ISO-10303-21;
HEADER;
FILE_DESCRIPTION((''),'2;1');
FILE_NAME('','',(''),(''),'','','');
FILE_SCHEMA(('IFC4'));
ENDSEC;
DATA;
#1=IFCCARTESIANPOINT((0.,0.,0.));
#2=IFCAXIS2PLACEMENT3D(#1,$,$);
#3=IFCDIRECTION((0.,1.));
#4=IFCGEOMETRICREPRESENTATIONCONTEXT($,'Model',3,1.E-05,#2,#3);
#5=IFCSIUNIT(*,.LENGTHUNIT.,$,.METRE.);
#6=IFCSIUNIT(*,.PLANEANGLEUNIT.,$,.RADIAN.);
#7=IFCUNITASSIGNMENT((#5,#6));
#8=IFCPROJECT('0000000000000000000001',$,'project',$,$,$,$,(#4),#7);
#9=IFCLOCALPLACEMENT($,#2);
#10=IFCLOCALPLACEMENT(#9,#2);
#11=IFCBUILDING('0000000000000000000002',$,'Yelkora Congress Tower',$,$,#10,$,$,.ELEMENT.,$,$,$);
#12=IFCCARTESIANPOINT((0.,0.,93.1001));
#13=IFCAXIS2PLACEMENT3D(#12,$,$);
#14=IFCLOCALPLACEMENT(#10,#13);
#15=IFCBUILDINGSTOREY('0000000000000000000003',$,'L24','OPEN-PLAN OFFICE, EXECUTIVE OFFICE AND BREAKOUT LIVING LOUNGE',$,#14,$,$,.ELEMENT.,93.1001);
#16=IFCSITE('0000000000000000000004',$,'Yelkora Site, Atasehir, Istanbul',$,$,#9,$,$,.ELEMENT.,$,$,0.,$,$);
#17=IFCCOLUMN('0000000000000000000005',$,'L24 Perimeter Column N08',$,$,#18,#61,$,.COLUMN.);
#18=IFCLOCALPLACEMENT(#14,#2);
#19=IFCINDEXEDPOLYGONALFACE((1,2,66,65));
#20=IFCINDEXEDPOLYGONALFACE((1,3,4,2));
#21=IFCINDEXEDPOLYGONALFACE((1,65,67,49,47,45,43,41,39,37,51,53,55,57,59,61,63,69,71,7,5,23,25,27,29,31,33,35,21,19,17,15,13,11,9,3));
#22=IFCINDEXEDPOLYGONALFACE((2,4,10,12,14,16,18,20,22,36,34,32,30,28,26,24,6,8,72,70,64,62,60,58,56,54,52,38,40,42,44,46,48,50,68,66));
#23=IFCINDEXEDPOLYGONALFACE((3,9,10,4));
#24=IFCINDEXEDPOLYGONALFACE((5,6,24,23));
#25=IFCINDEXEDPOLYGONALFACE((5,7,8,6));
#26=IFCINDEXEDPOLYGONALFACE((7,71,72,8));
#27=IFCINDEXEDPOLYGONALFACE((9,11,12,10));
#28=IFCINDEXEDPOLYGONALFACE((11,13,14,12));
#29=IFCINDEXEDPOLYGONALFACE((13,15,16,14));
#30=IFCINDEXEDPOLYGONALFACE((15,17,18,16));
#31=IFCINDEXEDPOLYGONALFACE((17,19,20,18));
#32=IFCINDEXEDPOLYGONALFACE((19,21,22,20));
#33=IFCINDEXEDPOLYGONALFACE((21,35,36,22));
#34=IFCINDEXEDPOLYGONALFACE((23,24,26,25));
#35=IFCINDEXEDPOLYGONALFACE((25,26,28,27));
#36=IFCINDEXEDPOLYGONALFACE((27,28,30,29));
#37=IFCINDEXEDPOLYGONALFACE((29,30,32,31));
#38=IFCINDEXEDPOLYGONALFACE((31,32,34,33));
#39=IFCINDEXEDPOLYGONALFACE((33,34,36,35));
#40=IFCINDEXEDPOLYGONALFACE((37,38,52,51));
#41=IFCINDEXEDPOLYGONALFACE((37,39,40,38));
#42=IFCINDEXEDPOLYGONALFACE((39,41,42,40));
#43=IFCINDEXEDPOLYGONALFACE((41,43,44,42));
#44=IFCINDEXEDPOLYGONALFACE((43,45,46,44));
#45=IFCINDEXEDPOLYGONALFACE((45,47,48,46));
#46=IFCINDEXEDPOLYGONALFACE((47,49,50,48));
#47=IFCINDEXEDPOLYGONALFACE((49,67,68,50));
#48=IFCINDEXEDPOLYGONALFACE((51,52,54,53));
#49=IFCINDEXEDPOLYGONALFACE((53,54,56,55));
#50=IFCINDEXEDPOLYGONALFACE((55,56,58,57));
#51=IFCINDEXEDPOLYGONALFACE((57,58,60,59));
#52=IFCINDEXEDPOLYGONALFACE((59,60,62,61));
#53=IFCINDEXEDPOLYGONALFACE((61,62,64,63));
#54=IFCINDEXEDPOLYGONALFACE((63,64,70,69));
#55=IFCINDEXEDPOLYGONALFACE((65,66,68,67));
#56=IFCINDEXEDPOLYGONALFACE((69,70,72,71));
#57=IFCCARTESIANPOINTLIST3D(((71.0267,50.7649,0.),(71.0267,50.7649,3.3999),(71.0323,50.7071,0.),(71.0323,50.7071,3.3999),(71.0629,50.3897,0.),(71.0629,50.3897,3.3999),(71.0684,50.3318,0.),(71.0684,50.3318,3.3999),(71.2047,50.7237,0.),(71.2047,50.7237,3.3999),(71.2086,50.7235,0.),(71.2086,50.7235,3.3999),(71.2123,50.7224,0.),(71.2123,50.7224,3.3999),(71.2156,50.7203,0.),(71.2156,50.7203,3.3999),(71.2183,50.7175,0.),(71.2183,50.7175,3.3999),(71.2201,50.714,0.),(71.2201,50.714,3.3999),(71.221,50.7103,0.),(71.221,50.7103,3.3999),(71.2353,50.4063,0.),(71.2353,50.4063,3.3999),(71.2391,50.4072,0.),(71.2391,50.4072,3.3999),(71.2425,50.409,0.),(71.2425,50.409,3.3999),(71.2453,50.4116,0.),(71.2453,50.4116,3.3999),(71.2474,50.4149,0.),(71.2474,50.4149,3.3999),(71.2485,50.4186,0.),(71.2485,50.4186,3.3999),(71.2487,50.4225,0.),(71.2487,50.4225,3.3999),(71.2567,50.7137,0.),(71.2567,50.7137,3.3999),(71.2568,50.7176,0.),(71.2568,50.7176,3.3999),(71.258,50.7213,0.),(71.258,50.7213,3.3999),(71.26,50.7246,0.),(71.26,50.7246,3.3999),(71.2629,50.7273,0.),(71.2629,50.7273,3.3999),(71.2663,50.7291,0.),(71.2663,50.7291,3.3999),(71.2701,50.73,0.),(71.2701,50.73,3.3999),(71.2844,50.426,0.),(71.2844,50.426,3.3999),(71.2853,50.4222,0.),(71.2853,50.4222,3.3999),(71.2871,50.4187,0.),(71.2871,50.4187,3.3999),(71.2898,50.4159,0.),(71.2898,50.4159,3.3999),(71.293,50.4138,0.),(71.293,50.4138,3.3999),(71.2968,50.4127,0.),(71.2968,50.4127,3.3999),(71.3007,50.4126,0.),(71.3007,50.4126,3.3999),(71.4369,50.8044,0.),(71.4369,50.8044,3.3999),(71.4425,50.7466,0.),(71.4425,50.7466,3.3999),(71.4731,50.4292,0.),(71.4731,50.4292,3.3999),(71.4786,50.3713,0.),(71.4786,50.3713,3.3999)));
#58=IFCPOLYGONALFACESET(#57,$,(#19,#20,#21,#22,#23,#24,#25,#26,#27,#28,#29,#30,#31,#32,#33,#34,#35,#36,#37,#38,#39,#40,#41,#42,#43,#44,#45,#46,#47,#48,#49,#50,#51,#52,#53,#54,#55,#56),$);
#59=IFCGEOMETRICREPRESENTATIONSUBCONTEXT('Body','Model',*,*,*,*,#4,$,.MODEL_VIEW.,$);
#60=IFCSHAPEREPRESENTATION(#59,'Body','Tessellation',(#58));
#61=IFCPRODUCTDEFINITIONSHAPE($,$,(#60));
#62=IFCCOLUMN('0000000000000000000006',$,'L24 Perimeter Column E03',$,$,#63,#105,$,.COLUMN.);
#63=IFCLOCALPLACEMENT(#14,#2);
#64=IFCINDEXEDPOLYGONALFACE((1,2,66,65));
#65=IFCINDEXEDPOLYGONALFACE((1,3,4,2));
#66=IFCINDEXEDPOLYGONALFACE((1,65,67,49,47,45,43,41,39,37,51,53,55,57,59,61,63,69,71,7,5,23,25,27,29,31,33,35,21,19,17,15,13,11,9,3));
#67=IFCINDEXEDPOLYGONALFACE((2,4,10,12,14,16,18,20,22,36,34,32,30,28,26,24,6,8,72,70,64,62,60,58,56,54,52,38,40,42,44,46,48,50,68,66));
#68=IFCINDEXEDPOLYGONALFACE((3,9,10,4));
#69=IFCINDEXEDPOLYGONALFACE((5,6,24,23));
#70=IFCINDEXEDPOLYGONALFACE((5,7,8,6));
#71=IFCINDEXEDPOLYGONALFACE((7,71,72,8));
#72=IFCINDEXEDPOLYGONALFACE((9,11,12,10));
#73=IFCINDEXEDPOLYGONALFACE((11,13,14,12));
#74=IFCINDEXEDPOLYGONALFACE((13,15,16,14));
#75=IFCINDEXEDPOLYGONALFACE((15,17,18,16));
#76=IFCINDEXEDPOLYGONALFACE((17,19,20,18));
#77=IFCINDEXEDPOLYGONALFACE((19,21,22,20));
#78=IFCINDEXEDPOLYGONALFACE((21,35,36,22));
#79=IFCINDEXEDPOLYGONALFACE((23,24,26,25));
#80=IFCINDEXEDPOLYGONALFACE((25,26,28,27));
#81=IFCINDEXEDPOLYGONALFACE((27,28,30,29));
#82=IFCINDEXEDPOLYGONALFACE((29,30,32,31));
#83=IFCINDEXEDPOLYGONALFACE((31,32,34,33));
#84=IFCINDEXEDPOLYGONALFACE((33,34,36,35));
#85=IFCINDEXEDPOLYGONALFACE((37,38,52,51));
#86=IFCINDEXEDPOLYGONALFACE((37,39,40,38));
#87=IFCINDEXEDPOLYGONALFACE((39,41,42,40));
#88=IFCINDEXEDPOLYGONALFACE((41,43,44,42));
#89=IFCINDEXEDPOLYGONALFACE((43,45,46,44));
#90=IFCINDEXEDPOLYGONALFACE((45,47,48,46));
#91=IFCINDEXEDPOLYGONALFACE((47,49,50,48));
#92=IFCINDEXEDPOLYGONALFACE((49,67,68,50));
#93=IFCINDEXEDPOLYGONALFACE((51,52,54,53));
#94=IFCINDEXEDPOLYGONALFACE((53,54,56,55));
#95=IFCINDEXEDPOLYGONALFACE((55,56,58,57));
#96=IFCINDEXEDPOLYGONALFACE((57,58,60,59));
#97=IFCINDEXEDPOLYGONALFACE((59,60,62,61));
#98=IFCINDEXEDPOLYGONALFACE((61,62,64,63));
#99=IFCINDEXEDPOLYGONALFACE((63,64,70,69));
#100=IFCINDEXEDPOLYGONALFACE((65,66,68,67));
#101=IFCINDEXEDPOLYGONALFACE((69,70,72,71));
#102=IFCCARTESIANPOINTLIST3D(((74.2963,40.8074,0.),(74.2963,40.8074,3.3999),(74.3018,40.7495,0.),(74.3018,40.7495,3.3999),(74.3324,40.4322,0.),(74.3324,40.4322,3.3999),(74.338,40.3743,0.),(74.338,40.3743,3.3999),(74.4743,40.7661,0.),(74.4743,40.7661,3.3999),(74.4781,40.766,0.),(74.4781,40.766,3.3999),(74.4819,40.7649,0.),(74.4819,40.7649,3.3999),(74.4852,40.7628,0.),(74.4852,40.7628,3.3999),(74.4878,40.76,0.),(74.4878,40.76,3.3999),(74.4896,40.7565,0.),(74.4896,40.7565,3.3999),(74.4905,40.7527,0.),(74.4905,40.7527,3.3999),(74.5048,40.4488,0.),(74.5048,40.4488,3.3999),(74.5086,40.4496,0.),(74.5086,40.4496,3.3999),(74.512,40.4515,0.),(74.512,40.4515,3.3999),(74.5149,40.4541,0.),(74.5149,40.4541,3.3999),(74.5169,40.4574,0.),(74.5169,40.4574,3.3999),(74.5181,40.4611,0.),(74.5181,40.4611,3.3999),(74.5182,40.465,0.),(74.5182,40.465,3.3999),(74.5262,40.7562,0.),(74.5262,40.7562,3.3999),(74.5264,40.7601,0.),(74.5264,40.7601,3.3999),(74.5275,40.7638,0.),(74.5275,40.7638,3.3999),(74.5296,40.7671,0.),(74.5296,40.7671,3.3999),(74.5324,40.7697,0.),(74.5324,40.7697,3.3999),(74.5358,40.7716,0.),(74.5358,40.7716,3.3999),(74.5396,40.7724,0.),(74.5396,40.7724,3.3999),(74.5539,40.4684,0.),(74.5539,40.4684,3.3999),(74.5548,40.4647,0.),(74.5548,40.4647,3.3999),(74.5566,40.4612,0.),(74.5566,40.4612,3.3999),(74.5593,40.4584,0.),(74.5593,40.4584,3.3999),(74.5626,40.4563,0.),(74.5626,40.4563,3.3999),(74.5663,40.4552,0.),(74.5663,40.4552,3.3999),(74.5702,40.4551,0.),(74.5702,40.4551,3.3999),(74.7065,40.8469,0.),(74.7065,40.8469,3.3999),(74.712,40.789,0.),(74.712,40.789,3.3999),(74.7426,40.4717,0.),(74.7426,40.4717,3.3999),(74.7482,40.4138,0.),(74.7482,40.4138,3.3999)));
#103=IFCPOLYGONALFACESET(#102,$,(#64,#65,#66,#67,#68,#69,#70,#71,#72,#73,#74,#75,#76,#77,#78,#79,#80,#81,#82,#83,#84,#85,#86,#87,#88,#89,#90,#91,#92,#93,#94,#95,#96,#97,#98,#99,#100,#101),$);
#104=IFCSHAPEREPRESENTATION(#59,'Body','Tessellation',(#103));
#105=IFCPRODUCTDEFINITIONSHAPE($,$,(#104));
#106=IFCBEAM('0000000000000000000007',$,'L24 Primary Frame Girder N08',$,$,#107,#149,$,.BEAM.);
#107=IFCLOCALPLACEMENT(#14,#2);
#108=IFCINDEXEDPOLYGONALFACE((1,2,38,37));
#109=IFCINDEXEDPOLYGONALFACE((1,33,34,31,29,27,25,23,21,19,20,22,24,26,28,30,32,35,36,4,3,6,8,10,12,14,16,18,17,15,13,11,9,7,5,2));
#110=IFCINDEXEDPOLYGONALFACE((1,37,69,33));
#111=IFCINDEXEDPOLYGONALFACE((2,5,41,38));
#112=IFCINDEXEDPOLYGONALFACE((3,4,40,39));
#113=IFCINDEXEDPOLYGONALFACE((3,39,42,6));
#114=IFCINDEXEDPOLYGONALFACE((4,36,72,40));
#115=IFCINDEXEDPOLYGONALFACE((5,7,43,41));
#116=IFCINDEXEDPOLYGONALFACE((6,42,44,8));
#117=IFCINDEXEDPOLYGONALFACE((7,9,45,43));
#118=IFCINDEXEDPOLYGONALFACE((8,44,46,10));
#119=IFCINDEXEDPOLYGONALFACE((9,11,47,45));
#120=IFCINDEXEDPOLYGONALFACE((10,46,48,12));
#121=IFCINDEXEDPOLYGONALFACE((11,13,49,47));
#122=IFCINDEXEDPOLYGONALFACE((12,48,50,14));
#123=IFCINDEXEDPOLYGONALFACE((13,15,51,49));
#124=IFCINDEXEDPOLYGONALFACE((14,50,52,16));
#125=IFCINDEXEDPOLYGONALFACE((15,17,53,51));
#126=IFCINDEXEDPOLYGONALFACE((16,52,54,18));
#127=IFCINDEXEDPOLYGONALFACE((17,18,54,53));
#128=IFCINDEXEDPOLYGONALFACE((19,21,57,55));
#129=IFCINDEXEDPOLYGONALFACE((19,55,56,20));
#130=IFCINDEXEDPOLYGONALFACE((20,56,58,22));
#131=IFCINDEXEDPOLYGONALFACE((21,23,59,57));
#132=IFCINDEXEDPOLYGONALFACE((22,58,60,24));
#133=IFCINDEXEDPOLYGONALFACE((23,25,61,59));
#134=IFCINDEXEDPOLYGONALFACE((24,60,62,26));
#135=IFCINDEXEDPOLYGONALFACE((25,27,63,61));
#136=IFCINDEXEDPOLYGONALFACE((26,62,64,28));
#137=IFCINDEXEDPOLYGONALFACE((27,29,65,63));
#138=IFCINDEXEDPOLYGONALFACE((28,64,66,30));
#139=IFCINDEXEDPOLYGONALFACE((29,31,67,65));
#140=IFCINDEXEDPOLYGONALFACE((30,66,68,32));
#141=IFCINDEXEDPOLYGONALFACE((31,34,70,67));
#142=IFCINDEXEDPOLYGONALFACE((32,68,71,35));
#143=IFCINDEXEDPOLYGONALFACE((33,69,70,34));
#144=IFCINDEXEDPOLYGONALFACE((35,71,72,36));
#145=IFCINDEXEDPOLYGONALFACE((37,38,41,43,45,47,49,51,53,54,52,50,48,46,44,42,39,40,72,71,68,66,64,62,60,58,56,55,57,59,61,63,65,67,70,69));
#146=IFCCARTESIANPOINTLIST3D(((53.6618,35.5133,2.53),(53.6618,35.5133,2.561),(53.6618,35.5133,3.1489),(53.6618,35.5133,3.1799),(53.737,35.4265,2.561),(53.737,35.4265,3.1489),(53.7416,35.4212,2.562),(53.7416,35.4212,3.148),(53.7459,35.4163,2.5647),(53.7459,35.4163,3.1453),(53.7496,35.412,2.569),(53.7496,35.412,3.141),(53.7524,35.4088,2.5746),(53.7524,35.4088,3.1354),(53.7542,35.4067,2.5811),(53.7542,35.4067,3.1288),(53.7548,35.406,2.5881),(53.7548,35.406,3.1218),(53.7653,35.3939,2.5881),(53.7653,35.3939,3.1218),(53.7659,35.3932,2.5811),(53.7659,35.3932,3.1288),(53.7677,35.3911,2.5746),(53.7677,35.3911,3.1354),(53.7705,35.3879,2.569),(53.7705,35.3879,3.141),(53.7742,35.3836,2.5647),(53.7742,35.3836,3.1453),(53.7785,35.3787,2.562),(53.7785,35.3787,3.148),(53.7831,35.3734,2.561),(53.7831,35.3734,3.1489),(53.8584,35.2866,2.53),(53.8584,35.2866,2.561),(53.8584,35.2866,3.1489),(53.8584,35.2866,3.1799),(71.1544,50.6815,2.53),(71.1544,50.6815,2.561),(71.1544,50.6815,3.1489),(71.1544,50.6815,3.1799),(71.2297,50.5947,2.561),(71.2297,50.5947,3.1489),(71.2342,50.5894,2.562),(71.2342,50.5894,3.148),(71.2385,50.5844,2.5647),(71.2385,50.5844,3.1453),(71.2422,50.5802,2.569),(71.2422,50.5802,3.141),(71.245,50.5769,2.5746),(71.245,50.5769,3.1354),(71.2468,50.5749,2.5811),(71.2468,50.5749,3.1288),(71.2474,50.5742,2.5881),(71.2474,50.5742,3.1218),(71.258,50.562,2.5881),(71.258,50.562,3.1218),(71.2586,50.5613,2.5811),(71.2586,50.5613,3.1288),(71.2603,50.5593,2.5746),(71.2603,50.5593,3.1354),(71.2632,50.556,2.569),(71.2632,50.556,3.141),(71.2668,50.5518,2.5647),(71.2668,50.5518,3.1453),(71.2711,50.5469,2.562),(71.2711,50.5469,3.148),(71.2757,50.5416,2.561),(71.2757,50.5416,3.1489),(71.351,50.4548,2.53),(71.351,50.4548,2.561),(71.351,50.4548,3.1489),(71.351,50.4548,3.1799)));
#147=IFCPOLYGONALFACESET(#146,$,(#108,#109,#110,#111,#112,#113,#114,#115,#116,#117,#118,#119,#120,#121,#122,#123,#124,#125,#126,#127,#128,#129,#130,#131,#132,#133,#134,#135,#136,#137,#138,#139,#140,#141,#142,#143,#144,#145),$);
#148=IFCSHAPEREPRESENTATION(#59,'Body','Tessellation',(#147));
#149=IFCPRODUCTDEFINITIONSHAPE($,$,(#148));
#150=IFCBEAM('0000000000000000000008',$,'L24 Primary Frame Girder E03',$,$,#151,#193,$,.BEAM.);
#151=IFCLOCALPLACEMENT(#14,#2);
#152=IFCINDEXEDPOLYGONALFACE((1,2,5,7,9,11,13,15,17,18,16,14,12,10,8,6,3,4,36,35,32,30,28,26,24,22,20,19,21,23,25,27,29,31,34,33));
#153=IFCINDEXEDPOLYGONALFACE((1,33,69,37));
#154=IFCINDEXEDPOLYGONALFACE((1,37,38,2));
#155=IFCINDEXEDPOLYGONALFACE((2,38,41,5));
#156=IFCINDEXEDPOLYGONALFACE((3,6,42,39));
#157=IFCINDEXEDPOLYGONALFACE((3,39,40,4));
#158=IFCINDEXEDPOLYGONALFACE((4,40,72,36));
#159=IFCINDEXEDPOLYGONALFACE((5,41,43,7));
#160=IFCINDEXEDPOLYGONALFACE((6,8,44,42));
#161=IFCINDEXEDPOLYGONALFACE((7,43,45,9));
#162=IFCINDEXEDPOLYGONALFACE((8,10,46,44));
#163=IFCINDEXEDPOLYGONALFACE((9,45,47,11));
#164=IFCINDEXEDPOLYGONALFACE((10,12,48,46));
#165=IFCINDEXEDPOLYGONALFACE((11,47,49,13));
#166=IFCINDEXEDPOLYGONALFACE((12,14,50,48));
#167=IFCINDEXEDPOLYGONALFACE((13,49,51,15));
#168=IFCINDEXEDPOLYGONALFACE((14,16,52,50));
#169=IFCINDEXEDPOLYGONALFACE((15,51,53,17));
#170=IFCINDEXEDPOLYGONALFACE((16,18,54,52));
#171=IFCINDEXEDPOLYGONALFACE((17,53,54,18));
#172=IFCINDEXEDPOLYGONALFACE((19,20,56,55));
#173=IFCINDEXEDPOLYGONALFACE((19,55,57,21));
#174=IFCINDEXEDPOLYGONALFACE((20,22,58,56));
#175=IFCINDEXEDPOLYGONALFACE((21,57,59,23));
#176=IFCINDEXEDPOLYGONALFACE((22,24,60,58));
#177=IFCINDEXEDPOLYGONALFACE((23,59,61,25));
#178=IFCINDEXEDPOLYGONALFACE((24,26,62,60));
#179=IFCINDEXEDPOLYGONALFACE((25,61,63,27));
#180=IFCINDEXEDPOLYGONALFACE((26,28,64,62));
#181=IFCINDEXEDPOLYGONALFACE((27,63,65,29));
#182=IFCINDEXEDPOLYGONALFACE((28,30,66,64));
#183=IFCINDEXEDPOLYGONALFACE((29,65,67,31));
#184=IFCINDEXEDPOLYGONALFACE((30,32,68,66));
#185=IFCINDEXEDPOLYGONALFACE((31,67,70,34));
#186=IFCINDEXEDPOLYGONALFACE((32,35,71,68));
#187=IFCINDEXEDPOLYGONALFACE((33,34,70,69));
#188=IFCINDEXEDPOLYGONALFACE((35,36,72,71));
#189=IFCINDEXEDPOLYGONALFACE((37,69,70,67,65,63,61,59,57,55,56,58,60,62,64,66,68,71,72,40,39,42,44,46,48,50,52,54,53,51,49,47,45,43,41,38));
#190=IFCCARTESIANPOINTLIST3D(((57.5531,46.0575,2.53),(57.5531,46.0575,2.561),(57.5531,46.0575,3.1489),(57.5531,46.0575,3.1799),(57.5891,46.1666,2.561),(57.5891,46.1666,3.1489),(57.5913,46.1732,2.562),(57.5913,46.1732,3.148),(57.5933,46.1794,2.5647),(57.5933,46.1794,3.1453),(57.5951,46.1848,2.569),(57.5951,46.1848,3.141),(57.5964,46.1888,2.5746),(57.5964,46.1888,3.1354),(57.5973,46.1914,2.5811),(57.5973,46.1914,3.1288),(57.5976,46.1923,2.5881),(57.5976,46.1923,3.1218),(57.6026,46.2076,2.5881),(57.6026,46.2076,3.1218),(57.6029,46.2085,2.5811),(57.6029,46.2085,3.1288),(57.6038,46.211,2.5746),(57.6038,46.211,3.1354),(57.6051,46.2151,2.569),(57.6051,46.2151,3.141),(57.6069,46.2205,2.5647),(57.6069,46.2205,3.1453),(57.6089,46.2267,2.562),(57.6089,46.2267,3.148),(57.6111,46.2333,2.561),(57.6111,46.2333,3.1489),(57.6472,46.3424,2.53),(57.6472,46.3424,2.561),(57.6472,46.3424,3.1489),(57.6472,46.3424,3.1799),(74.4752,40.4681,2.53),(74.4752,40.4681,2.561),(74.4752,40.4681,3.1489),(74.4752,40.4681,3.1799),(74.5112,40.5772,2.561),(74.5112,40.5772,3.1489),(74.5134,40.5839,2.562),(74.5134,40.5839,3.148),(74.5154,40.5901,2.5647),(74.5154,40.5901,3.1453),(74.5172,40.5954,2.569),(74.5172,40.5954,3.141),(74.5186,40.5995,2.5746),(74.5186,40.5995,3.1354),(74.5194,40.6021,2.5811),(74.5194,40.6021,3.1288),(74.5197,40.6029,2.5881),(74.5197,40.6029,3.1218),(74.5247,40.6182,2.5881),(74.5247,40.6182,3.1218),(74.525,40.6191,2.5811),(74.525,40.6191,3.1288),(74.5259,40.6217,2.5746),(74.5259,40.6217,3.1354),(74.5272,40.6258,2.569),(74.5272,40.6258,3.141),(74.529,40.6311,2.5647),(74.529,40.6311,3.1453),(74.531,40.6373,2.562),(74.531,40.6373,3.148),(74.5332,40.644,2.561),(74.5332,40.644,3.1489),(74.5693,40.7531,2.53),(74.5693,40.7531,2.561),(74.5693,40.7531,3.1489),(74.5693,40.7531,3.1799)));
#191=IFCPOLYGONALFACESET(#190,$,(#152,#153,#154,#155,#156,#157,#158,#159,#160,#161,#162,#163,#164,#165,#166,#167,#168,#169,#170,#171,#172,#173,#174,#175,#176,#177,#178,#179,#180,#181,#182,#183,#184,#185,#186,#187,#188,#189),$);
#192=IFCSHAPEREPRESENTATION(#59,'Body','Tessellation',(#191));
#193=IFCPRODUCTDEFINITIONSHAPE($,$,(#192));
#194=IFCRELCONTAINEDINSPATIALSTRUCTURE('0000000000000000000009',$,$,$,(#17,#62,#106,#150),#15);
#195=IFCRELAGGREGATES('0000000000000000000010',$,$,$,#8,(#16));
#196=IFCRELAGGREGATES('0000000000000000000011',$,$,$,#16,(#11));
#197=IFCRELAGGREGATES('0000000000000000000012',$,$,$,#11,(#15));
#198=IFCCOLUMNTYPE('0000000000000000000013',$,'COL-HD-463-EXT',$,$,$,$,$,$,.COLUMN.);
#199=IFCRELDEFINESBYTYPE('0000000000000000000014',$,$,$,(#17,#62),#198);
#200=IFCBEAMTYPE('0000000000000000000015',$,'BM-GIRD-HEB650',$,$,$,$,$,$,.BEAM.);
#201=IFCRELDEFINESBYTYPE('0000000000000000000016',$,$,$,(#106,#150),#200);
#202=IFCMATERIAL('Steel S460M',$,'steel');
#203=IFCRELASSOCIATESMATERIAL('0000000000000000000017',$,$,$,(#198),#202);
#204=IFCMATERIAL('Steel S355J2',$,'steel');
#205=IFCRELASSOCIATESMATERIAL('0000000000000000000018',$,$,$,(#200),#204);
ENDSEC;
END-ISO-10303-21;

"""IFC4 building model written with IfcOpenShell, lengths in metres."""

from ifc_helpers import new_model, si_unit, direction, frame, origin, origin_2d, place, context, subcontext, project, spatial, i_section, extrude, material, material_profile, profile_set, type_object, element, save


model = new_model("IFC4")

# Units and contexts
model_context = context("Model", 3, precision=1e-05, world=origin(), true_north=direction((0.0, 1.0)))
body_context = subcontext(model_context, "Body", "Model", "MODEL_VIEW")
ifc_project = project(units=[si_unit("LENGTHUNIT", "METRE"), si_unit("PLANEANGLEUNIT", "RADIAN")], contexts=[model_context])

# Site, building, storey
site_placement = place(None, origin())
site = spatial("IfcSite", under=ifc_project, at=site_placement, Name="Yelkora Site, Atasehir, Istanbul", CompositionType="ELEMENT", RefElevation=0.0)
building_placement = place(site_placement, origin())
building = spatial("IfcBuilding", under=site, at=building_placement, Name="Yelkora Congress Tower", CompositionType="ELEMENT")
storey_placement = place(building_placement, frame((0.0, 0.0, 93.1001)))
storey = spatial("IfcBuildingStorey", under=building, at=storey_placement, Name="L24", Description="OPEN-PLAN OFFICE, EXECUTIVE OFFICE AND BREAKOUT LIVING LOUNGE", CompositionType="ELEMENT", Elevation=93.1001)

# Columns
ifc_material_1 = material(Name="Steel S460M", Category="steel")
ifc_material_profile_1 = material_profile(ifc_material_1, i_section(OverallWidth=0.4121, OverallDepth=0.4351, WebThickness=0.0359, FlangeThickness=0.0581, FilletRadius=0.0149, at=origin_2d()), Name="HD 400x463")
ifc_profile_set_1 = profile_set([ifc_material_profile_1], Name="Steel S460M")
column_type = type_object("IfcColumnType", Name="COL-HD-463-EXT", PredefinedType="COLUMN", material=ifc_profile_set_1)
for number, where, z_axis, x_axis, name in (
    (1, (71.2527, 50.5681, 0.0), (0.0, 0.0, 1.0), (0.995396, 0.095846, 0.0), "L24 Perimeter Column N08"),
    (2, (74.5222, 40.6106, 0.0), (0.0, 0.0, 1.0), (0.995396, 0.095846, 0.0), "L24 Perimeter Column E03"),
):
    element("IfcColumn", number, at=place(storey_placement, frame(where, z_axis=z_axis, x_axis=x_axis)), inside=storey, type_object=column_type, Name=name, PredefinedType="COLUMN", context=body_context, shape_type="SweptSolid", body=[
        extrude(i_section(OverallWidth=0.4121, OverallDepth=0.4351, WebThickness=0.0359, FlangeThickness=0.0581, FilletRadius=0.0149, at=origin_2d()), origin(), (0.0, 0.0, 1.0), 3.3999),
    ])

# Beams
ifc_material_2 = material(Name="Steel S355J2", Category="steel")
ifc_material_profile_2 = material_profile(ifc_material_2, i_section(OverallWidth=0.3, OverallDepth=0.6499, WebThickness=0.0161, FlangeThickness=0.031, FilletRadius=0.0271, at=origin_2d()), Name="HEB 650")
ifc_profile_set_2 = profile_set([ifc_material_profile_2], Name="Steel S355J2")
beam_type_1 = type_object("IfcBeamType", Name="BM-GIRD-HEB650", PredefinedType="BEAM", material=ifc_profile_set_2)
beam_1_placement = place(storey_placement, frame((71.2527, 50.5681, 2.855), z_axis=(-0.75552, -0.655125, 0.0), x_axis=(0.655125, -0.75552, 0.0)))
element("IfcBeam", 3, at=beam_1_placement, inside=storey, type_object=beam_type_1, Name="L24 Primary Frame Girder N08", PredefinedType="BEAM", context=body_context, shape_type="SweptSolid", body=[
    extrude(i_section(OverallWidth=0.3, OverallDepth=0.6499, WebThickness=0.0161, FlangeThickness=0.031, FilletRadius=0.0271, at=origin_2d()), origin(), (0.0, 0.0, 1.0), 23.1531),
])
beam_2_placement = place(storey_placement, frame((74.5222, 40.6106, 2.855), z_axis=(-0.949544, 0.313633, 0.0), x_axis=(-0.313633, -0.949544, 0.0)))
element("IfcBeam", 4, at=beam_2_placement, inside=storey, type_object=beam_type_1, Name="L24 Primary Frame Girder E03", PredefinedType="BEAM", context=body_context, shape_type="SweptSolid", body=[
    extrude(i_section(OverallWidth=0.3, OverallDepth=0.6499, WebThickness=0.0161, FlangeThickness=0.031, FilletRadius=0.0271, at=origin_2d()), origin(), (0.0, 0.0, 1.0), 17.8213),
])

save(model, "model.ifc")
